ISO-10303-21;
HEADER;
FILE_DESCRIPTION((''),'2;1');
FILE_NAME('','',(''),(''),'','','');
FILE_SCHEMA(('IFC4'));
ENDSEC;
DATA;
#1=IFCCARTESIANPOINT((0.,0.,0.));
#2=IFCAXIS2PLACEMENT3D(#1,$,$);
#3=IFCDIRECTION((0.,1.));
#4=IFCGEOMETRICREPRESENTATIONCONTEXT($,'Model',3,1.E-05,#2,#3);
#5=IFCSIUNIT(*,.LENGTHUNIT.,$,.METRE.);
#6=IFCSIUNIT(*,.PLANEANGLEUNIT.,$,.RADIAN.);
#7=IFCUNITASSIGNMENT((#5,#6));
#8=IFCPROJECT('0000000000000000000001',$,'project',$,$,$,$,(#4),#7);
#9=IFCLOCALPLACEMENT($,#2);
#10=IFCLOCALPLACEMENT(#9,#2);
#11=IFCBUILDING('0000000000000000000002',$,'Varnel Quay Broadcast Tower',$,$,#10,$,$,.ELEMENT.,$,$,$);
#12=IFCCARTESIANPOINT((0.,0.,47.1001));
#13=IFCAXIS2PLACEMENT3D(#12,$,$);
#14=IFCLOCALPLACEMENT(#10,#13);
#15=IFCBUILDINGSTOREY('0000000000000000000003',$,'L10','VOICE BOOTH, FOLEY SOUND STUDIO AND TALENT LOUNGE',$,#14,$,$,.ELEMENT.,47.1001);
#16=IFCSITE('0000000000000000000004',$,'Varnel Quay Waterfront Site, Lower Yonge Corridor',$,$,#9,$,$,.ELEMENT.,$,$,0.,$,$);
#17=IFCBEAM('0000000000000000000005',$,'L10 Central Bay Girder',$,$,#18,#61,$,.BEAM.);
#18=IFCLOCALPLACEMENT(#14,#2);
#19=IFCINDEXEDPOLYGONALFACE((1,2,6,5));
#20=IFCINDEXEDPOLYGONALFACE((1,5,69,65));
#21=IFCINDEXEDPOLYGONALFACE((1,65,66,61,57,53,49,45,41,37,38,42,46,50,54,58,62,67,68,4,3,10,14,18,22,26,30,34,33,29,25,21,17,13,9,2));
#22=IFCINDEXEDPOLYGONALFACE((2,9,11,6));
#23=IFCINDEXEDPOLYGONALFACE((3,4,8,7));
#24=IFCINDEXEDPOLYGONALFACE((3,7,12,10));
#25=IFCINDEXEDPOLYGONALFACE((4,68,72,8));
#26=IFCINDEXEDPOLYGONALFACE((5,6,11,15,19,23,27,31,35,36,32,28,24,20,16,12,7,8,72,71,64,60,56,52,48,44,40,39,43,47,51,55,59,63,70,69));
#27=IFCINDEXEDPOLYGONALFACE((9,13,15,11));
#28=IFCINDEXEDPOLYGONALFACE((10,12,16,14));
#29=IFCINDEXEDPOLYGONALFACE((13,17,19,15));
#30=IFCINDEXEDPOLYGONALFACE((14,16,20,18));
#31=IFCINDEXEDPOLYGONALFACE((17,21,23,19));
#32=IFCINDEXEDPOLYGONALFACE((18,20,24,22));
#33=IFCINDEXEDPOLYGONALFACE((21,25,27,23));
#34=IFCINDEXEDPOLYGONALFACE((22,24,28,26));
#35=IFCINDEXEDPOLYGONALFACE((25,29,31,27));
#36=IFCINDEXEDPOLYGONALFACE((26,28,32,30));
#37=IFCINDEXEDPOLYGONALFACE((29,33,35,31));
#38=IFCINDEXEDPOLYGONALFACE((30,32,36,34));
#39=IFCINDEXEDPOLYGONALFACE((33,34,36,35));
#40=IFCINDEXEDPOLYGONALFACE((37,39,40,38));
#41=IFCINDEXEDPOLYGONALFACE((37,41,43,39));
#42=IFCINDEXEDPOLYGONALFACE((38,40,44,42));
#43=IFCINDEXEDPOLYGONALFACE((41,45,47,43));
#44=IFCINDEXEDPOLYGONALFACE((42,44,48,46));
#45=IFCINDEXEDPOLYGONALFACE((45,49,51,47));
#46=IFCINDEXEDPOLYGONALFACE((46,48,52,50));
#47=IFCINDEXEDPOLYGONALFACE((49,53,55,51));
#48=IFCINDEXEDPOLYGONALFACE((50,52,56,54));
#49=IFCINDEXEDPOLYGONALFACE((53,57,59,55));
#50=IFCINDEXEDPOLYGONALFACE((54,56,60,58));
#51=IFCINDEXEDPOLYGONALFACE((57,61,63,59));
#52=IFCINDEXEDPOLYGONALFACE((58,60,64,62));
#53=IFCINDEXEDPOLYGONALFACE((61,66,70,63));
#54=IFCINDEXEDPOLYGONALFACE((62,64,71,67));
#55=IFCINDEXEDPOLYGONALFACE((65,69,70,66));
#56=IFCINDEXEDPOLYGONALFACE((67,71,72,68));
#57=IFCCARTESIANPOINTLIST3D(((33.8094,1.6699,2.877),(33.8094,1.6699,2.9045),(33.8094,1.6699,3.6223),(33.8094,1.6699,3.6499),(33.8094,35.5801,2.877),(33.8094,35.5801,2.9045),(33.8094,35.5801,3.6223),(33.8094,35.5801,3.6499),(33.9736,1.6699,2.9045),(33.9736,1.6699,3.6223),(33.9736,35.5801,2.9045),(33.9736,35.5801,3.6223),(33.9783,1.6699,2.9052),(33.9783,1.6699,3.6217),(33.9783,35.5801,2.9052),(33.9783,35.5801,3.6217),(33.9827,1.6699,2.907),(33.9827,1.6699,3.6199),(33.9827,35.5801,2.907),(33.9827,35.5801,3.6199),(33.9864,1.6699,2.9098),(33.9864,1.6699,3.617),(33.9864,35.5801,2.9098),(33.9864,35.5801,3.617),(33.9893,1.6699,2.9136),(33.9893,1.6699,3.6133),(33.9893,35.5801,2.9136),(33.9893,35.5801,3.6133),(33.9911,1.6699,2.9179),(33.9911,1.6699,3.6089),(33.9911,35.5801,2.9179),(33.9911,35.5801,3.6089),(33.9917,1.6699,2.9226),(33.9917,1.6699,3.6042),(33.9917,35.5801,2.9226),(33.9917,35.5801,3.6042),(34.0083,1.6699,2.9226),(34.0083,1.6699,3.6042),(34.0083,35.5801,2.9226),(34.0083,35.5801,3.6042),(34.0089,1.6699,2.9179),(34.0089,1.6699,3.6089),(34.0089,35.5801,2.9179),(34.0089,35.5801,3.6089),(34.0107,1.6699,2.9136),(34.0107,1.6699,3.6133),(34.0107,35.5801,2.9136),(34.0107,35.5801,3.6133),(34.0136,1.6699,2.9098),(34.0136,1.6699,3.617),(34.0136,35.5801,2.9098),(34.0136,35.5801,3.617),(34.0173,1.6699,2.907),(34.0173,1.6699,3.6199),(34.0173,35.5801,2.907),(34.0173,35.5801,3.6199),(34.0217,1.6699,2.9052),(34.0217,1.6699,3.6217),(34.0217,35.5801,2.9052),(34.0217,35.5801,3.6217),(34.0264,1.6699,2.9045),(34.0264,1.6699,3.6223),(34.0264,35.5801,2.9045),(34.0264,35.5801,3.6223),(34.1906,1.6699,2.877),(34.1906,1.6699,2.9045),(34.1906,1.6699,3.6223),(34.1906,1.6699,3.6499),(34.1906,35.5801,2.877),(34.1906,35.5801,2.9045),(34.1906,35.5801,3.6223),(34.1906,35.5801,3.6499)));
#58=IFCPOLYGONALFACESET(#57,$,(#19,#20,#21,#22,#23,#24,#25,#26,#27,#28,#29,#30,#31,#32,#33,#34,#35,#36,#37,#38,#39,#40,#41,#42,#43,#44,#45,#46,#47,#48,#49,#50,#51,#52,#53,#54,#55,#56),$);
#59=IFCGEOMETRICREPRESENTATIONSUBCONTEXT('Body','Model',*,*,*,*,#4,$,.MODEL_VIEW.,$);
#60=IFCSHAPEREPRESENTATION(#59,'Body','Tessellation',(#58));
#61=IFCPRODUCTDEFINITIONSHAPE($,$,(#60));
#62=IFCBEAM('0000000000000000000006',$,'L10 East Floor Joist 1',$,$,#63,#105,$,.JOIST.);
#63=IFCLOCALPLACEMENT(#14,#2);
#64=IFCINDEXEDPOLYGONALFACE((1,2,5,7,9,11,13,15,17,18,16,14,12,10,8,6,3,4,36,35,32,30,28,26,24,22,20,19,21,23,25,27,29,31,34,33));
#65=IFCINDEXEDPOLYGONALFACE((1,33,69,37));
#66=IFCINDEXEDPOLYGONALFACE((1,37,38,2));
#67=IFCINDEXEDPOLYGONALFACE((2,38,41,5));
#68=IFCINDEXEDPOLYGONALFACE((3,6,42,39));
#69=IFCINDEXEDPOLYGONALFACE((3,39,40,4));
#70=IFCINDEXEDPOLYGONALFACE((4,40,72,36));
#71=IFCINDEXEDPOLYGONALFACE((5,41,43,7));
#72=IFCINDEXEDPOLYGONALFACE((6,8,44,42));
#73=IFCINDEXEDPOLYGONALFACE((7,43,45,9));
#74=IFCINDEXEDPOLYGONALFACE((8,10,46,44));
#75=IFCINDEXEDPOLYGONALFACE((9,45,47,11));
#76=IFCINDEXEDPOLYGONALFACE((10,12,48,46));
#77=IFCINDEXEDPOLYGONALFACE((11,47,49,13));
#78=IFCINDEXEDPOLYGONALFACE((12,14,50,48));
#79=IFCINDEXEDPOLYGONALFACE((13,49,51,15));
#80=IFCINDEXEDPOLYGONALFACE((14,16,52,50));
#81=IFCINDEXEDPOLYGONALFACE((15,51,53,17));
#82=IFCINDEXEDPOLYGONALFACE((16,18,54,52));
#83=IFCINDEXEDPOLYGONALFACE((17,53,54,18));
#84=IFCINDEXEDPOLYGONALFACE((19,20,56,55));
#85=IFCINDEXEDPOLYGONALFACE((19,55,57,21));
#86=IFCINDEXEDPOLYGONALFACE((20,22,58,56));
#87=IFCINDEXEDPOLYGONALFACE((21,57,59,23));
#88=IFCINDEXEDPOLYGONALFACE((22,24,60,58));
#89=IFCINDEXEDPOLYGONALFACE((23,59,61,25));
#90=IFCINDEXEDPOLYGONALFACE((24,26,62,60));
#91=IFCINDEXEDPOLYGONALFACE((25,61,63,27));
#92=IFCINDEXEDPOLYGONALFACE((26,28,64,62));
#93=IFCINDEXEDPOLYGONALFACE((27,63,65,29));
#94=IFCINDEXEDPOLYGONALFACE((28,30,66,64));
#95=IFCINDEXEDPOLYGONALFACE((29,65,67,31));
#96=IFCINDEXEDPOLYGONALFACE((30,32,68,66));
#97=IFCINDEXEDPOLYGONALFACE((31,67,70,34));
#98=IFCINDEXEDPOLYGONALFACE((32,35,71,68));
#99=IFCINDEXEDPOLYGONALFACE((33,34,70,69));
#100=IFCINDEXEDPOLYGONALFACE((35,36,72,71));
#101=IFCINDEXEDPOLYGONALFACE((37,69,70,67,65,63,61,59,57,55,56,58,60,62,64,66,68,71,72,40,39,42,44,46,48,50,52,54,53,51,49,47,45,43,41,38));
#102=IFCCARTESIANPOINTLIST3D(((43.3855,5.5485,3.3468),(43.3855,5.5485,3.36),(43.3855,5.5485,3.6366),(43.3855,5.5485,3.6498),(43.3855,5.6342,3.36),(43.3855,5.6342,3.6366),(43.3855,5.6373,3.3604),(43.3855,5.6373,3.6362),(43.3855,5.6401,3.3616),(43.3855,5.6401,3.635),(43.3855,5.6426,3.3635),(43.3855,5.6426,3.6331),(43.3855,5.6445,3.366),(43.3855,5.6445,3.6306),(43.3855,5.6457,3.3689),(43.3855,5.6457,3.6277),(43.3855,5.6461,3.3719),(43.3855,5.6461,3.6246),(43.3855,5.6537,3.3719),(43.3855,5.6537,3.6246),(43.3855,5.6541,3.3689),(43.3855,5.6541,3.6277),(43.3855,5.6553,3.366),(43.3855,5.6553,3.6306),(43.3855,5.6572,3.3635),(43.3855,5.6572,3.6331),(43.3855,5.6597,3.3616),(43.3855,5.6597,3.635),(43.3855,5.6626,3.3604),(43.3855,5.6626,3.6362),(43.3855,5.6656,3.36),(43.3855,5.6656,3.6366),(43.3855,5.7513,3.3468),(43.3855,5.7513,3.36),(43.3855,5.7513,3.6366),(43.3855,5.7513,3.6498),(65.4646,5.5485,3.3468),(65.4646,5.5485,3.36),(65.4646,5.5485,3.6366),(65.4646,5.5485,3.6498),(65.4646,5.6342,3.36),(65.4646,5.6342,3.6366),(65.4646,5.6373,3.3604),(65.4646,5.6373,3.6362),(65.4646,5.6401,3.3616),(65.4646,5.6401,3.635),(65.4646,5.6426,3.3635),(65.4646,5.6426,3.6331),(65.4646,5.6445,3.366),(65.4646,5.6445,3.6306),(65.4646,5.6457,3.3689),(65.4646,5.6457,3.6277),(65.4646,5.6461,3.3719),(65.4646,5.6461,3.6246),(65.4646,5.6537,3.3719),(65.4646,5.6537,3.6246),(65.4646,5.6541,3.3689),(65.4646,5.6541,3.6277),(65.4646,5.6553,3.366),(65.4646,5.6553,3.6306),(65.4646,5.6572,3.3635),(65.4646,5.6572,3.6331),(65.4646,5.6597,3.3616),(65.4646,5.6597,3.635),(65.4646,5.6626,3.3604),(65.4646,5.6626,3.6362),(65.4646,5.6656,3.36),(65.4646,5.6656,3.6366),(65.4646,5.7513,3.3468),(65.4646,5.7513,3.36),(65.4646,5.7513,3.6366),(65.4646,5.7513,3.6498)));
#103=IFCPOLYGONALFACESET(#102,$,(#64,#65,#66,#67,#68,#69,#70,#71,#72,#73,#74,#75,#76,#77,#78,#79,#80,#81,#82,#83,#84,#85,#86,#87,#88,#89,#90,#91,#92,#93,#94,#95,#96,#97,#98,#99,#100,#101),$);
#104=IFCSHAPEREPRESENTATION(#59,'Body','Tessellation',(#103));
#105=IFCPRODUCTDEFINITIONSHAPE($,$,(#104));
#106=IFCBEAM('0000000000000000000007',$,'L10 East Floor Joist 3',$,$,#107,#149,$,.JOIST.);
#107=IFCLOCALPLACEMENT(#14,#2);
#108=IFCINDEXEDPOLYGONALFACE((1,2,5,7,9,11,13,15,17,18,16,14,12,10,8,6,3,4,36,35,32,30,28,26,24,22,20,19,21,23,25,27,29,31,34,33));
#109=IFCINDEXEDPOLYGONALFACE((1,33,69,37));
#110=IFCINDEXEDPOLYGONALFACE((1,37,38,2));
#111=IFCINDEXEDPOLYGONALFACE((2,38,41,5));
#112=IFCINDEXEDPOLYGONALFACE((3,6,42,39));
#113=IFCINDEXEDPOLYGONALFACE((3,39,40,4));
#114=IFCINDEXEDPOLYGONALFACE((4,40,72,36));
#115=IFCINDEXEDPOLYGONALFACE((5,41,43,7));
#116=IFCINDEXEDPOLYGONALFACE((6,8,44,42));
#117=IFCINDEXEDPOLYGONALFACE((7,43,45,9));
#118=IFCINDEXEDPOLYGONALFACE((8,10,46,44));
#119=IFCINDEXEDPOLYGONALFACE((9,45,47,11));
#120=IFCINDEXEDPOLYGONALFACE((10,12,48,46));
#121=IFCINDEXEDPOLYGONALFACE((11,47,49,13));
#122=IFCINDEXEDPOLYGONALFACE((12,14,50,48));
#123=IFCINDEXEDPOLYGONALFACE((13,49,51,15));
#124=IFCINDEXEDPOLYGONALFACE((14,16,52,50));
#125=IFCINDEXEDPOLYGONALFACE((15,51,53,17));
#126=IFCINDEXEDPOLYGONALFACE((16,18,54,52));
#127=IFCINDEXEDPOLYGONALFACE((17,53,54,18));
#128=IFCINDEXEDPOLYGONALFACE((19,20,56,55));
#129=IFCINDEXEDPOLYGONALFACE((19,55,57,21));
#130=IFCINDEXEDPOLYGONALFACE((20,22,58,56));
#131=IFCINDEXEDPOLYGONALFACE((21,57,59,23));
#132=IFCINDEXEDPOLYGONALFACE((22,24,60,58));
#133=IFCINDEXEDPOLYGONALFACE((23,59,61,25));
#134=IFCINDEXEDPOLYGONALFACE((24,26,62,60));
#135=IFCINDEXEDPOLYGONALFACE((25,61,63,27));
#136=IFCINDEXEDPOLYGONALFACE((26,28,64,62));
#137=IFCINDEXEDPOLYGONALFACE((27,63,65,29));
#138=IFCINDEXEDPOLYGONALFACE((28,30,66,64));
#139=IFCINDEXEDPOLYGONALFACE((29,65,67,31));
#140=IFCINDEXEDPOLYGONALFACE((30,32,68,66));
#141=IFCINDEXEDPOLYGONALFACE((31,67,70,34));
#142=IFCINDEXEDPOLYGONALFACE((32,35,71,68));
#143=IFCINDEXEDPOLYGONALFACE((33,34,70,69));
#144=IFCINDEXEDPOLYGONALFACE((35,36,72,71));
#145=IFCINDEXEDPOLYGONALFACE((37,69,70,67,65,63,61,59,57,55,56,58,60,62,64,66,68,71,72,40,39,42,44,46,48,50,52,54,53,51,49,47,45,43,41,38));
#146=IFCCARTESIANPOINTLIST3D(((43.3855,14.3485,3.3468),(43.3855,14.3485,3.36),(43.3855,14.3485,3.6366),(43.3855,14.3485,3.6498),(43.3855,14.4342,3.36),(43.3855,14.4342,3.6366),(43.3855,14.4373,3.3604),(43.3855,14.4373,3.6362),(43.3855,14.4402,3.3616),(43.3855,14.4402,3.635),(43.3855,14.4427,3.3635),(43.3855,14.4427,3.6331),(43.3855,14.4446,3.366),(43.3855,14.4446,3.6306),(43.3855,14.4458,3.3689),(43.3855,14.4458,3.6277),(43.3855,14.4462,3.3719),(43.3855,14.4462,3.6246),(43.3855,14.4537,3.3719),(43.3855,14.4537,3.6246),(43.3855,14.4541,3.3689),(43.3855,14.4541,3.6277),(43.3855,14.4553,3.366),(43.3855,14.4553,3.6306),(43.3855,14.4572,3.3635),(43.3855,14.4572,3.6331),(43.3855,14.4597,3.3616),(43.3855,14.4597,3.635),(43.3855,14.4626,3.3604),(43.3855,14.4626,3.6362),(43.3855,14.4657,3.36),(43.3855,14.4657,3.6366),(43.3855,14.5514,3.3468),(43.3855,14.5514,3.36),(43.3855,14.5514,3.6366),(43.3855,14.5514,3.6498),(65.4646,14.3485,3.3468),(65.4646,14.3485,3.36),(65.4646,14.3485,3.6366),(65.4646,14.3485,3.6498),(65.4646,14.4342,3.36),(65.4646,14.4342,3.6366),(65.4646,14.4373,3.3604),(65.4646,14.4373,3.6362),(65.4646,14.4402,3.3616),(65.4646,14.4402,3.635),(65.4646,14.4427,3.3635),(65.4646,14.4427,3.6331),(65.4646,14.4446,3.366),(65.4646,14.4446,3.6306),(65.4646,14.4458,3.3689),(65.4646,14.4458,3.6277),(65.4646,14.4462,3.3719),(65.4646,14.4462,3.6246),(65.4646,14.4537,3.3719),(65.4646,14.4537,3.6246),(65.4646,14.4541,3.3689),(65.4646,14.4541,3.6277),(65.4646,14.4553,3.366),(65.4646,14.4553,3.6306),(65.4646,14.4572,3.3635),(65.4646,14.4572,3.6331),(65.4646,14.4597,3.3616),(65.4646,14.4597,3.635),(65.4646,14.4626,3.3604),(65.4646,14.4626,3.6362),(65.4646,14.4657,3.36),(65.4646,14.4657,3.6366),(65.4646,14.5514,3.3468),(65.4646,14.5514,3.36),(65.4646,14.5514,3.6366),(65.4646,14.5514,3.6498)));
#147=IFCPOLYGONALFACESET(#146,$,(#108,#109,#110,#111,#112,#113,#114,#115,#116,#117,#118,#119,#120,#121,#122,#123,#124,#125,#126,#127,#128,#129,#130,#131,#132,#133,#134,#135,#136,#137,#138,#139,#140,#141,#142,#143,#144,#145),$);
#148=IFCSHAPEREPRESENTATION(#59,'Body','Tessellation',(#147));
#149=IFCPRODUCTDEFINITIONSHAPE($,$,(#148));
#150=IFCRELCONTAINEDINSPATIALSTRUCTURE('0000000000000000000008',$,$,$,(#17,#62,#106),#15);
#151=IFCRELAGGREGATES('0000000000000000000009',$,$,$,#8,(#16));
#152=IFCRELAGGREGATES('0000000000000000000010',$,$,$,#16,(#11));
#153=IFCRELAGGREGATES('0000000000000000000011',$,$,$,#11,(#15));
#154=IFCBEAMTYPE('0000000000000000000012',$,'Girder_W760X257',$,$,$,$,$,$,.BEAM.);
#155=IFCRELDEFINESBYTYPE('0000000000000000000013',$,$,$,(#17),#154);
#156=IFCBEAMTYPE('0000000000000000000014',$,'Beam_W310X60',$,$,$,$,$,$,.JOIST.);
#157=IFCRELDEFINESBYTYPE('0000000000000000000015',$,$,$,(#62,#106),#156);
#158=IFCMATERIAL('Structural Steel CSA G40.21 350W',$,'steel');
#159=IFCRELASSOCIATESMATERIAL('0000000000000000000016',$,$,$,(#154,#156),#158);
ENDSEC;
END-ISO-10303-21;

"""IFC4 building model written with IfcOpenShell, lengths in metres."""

from ifc_helpers import new_model, si_unit, direction, frame, origin, origin_2d, place, context, subcontext, project, spatial, i_section, extrude, source, transform, mapped, material, material_profile, profile_set, type_object, type_shapes, element, save


model = new_model("IFC4")

# Units and contexts
model_context = context("Model", 3, precision=1e-05, world=origin(), true_north=direction((0.0, 1.0)))
body_context = subcontext(model_context, "Body", "Model", "MODEL_VIEW")
ifc_project = project(units=[si_unit("LENGTHUNIT", "METRE"), si_unit("PLANEANGLEUNIT", "RADIAN")], contexts=[model_context])

# Site, building, storey
site_placement = place(None, origin())
site = spatial("IfcSite", under=ifc_project, at=site_placement, Name="Varnel Quay Waterfront Site, Lower Yonge Corridor", CompositionType="ELEMENT", RefElevation=0.0)
building_placement = place(site_placement, origin())
building = spatial("IfcBuilding", under=site, at=building_placement, Name="Varnel Quay Broadcast Tower", CompositionType="ELEMENT")
storey_placement = place(building_placement, frame((0.0, 0.0, 47.1001)))
storey = spatial("IfcBuildingStorey", under=building, at=storey_placement, Name="L10", Description="VOICE BOOTH, FOLEY SOUND STUDIO AND TALENT LOUNGE", CompositionType="ELEMENT", Elevation=47.1001)

# Shared definitions
ifc_material_1 = material(Name="Structural Steel CSA G40.21 350W", Category="steel")

# Beams
ifc_material_profile_1 = material_profile(ifc_material_1, i_section(OverallWidth=0.3811, OverallDepth=0.7729, WebThickness=0.0166, FlangeThickness=0.0276, FilletRadius=0.0181, at=origin_2d()), Name="W760X257")
ifc_profile_set_1 = profile_set([ifc_material_profile_1], Name="Structural Steel CSA G40.21 350W")
beam_type_1 = type_object("IfcBeamType", Name="Girder_W760X257", PredefinedType="BEAM", material=ifc_profile_set_1)
shared_shape_1 = source(origin(), body_context, "Body", "SweptSolid", [
    extrude(i_section(OverallWidth=0.3811, OverallDepth=0.7729, WebThickness=0.0166, FlangeThickness=0.0276, FilletRadius=0.0181, at=origin_2d()), origin(), (0.0, 0.0, 1.0), 33.9102),
])
beam_1_placement = place(storey_placement, frame((34.0, 1.6699, 3.2634), z_axis=(0.0, 1.0, 0.0), x_axis=(-1.0, 0.0, 0.0)))
element("IfcBeam", 1, at=beam_1_placement, inside=storey, type_object=beam_type_1, Name="L10 Central Bay Girder", PredefinedType="BEAM", context=body_context, shape_type="MappedRepresentation", body=[
    mapped(shared_shape_1, transform((0.0, 0.0, 0.0), x_axis=(1.0, 0.0, 0.0), y_axis=(0.0, 1.0, 0.0), z_axis=(0.0, 0.0, 1.0), scale=1.0)),
])
ifc_material_profile_2 = material_profile(ifc_material_1, i_section(OverallWidth=0.2029, OverallDepth=0.303, WebThickness=0.0076, FlangeThickness=0.0132, FilletRadius=0.012, at=origin_2d()), Name="W310X60")
ifc_profile_set_2 = profile_set([ifc_material_profile_2], Name="Structural Steel CSA G40.21 350W")
beam_type_2 = type_object("IfcBeamType", Name="Beam_W310X60", PredefinedType="JOIST", material=ifc_profile_set_2)
shared_shape_2 = source(origin(), body_context, "Body", "SweptSolid", [
    extrude(i_section(OverallWidth=0.2029, OverallDepth=0.303, WebThickness=0.0076, FlangeThickness=0.0132, FilletRadius=0.012, at=origin_2d()), origin(), (0.0, 0.0, 1.0), 22.0791),
])
type_shapes(beam_type_2, [shared_shape_2])
for number, where, z_axis, x_axis, name in (
    (2, (43.3855, 5.6499, 3.4983), (1.0, 0.0, 0.0), (0.0, 1.0, 0.0), "L10 East Floor Joist 1"),
    (3, (43.3855, 14.45, 3.4983), (1.0, 0.0, 0.0), (0.0, 1.0, 0.0), "L10 East Floor Joist 3"),
):
    element("IfcBeam", number, at=place(storey_placement, frame(where, z_axis=z_axis, x_axis=x_axis)), inside=storey, type_object=beam_type_2, Name=name, PredefinedType="JOIST", context=body_context, shape_type="MappedRepresentation", body=[
        mapped(shared_shape_2, transform((0.0, 0.0, 0.0), x_axis=(1.0, 0.0, 0.0), y_axis=(0.0, 1.0, 0.0), z_axis=(0.0, 0.0, 1.0), scale=1.0)),
    ])

save(model, "model.ifc")
